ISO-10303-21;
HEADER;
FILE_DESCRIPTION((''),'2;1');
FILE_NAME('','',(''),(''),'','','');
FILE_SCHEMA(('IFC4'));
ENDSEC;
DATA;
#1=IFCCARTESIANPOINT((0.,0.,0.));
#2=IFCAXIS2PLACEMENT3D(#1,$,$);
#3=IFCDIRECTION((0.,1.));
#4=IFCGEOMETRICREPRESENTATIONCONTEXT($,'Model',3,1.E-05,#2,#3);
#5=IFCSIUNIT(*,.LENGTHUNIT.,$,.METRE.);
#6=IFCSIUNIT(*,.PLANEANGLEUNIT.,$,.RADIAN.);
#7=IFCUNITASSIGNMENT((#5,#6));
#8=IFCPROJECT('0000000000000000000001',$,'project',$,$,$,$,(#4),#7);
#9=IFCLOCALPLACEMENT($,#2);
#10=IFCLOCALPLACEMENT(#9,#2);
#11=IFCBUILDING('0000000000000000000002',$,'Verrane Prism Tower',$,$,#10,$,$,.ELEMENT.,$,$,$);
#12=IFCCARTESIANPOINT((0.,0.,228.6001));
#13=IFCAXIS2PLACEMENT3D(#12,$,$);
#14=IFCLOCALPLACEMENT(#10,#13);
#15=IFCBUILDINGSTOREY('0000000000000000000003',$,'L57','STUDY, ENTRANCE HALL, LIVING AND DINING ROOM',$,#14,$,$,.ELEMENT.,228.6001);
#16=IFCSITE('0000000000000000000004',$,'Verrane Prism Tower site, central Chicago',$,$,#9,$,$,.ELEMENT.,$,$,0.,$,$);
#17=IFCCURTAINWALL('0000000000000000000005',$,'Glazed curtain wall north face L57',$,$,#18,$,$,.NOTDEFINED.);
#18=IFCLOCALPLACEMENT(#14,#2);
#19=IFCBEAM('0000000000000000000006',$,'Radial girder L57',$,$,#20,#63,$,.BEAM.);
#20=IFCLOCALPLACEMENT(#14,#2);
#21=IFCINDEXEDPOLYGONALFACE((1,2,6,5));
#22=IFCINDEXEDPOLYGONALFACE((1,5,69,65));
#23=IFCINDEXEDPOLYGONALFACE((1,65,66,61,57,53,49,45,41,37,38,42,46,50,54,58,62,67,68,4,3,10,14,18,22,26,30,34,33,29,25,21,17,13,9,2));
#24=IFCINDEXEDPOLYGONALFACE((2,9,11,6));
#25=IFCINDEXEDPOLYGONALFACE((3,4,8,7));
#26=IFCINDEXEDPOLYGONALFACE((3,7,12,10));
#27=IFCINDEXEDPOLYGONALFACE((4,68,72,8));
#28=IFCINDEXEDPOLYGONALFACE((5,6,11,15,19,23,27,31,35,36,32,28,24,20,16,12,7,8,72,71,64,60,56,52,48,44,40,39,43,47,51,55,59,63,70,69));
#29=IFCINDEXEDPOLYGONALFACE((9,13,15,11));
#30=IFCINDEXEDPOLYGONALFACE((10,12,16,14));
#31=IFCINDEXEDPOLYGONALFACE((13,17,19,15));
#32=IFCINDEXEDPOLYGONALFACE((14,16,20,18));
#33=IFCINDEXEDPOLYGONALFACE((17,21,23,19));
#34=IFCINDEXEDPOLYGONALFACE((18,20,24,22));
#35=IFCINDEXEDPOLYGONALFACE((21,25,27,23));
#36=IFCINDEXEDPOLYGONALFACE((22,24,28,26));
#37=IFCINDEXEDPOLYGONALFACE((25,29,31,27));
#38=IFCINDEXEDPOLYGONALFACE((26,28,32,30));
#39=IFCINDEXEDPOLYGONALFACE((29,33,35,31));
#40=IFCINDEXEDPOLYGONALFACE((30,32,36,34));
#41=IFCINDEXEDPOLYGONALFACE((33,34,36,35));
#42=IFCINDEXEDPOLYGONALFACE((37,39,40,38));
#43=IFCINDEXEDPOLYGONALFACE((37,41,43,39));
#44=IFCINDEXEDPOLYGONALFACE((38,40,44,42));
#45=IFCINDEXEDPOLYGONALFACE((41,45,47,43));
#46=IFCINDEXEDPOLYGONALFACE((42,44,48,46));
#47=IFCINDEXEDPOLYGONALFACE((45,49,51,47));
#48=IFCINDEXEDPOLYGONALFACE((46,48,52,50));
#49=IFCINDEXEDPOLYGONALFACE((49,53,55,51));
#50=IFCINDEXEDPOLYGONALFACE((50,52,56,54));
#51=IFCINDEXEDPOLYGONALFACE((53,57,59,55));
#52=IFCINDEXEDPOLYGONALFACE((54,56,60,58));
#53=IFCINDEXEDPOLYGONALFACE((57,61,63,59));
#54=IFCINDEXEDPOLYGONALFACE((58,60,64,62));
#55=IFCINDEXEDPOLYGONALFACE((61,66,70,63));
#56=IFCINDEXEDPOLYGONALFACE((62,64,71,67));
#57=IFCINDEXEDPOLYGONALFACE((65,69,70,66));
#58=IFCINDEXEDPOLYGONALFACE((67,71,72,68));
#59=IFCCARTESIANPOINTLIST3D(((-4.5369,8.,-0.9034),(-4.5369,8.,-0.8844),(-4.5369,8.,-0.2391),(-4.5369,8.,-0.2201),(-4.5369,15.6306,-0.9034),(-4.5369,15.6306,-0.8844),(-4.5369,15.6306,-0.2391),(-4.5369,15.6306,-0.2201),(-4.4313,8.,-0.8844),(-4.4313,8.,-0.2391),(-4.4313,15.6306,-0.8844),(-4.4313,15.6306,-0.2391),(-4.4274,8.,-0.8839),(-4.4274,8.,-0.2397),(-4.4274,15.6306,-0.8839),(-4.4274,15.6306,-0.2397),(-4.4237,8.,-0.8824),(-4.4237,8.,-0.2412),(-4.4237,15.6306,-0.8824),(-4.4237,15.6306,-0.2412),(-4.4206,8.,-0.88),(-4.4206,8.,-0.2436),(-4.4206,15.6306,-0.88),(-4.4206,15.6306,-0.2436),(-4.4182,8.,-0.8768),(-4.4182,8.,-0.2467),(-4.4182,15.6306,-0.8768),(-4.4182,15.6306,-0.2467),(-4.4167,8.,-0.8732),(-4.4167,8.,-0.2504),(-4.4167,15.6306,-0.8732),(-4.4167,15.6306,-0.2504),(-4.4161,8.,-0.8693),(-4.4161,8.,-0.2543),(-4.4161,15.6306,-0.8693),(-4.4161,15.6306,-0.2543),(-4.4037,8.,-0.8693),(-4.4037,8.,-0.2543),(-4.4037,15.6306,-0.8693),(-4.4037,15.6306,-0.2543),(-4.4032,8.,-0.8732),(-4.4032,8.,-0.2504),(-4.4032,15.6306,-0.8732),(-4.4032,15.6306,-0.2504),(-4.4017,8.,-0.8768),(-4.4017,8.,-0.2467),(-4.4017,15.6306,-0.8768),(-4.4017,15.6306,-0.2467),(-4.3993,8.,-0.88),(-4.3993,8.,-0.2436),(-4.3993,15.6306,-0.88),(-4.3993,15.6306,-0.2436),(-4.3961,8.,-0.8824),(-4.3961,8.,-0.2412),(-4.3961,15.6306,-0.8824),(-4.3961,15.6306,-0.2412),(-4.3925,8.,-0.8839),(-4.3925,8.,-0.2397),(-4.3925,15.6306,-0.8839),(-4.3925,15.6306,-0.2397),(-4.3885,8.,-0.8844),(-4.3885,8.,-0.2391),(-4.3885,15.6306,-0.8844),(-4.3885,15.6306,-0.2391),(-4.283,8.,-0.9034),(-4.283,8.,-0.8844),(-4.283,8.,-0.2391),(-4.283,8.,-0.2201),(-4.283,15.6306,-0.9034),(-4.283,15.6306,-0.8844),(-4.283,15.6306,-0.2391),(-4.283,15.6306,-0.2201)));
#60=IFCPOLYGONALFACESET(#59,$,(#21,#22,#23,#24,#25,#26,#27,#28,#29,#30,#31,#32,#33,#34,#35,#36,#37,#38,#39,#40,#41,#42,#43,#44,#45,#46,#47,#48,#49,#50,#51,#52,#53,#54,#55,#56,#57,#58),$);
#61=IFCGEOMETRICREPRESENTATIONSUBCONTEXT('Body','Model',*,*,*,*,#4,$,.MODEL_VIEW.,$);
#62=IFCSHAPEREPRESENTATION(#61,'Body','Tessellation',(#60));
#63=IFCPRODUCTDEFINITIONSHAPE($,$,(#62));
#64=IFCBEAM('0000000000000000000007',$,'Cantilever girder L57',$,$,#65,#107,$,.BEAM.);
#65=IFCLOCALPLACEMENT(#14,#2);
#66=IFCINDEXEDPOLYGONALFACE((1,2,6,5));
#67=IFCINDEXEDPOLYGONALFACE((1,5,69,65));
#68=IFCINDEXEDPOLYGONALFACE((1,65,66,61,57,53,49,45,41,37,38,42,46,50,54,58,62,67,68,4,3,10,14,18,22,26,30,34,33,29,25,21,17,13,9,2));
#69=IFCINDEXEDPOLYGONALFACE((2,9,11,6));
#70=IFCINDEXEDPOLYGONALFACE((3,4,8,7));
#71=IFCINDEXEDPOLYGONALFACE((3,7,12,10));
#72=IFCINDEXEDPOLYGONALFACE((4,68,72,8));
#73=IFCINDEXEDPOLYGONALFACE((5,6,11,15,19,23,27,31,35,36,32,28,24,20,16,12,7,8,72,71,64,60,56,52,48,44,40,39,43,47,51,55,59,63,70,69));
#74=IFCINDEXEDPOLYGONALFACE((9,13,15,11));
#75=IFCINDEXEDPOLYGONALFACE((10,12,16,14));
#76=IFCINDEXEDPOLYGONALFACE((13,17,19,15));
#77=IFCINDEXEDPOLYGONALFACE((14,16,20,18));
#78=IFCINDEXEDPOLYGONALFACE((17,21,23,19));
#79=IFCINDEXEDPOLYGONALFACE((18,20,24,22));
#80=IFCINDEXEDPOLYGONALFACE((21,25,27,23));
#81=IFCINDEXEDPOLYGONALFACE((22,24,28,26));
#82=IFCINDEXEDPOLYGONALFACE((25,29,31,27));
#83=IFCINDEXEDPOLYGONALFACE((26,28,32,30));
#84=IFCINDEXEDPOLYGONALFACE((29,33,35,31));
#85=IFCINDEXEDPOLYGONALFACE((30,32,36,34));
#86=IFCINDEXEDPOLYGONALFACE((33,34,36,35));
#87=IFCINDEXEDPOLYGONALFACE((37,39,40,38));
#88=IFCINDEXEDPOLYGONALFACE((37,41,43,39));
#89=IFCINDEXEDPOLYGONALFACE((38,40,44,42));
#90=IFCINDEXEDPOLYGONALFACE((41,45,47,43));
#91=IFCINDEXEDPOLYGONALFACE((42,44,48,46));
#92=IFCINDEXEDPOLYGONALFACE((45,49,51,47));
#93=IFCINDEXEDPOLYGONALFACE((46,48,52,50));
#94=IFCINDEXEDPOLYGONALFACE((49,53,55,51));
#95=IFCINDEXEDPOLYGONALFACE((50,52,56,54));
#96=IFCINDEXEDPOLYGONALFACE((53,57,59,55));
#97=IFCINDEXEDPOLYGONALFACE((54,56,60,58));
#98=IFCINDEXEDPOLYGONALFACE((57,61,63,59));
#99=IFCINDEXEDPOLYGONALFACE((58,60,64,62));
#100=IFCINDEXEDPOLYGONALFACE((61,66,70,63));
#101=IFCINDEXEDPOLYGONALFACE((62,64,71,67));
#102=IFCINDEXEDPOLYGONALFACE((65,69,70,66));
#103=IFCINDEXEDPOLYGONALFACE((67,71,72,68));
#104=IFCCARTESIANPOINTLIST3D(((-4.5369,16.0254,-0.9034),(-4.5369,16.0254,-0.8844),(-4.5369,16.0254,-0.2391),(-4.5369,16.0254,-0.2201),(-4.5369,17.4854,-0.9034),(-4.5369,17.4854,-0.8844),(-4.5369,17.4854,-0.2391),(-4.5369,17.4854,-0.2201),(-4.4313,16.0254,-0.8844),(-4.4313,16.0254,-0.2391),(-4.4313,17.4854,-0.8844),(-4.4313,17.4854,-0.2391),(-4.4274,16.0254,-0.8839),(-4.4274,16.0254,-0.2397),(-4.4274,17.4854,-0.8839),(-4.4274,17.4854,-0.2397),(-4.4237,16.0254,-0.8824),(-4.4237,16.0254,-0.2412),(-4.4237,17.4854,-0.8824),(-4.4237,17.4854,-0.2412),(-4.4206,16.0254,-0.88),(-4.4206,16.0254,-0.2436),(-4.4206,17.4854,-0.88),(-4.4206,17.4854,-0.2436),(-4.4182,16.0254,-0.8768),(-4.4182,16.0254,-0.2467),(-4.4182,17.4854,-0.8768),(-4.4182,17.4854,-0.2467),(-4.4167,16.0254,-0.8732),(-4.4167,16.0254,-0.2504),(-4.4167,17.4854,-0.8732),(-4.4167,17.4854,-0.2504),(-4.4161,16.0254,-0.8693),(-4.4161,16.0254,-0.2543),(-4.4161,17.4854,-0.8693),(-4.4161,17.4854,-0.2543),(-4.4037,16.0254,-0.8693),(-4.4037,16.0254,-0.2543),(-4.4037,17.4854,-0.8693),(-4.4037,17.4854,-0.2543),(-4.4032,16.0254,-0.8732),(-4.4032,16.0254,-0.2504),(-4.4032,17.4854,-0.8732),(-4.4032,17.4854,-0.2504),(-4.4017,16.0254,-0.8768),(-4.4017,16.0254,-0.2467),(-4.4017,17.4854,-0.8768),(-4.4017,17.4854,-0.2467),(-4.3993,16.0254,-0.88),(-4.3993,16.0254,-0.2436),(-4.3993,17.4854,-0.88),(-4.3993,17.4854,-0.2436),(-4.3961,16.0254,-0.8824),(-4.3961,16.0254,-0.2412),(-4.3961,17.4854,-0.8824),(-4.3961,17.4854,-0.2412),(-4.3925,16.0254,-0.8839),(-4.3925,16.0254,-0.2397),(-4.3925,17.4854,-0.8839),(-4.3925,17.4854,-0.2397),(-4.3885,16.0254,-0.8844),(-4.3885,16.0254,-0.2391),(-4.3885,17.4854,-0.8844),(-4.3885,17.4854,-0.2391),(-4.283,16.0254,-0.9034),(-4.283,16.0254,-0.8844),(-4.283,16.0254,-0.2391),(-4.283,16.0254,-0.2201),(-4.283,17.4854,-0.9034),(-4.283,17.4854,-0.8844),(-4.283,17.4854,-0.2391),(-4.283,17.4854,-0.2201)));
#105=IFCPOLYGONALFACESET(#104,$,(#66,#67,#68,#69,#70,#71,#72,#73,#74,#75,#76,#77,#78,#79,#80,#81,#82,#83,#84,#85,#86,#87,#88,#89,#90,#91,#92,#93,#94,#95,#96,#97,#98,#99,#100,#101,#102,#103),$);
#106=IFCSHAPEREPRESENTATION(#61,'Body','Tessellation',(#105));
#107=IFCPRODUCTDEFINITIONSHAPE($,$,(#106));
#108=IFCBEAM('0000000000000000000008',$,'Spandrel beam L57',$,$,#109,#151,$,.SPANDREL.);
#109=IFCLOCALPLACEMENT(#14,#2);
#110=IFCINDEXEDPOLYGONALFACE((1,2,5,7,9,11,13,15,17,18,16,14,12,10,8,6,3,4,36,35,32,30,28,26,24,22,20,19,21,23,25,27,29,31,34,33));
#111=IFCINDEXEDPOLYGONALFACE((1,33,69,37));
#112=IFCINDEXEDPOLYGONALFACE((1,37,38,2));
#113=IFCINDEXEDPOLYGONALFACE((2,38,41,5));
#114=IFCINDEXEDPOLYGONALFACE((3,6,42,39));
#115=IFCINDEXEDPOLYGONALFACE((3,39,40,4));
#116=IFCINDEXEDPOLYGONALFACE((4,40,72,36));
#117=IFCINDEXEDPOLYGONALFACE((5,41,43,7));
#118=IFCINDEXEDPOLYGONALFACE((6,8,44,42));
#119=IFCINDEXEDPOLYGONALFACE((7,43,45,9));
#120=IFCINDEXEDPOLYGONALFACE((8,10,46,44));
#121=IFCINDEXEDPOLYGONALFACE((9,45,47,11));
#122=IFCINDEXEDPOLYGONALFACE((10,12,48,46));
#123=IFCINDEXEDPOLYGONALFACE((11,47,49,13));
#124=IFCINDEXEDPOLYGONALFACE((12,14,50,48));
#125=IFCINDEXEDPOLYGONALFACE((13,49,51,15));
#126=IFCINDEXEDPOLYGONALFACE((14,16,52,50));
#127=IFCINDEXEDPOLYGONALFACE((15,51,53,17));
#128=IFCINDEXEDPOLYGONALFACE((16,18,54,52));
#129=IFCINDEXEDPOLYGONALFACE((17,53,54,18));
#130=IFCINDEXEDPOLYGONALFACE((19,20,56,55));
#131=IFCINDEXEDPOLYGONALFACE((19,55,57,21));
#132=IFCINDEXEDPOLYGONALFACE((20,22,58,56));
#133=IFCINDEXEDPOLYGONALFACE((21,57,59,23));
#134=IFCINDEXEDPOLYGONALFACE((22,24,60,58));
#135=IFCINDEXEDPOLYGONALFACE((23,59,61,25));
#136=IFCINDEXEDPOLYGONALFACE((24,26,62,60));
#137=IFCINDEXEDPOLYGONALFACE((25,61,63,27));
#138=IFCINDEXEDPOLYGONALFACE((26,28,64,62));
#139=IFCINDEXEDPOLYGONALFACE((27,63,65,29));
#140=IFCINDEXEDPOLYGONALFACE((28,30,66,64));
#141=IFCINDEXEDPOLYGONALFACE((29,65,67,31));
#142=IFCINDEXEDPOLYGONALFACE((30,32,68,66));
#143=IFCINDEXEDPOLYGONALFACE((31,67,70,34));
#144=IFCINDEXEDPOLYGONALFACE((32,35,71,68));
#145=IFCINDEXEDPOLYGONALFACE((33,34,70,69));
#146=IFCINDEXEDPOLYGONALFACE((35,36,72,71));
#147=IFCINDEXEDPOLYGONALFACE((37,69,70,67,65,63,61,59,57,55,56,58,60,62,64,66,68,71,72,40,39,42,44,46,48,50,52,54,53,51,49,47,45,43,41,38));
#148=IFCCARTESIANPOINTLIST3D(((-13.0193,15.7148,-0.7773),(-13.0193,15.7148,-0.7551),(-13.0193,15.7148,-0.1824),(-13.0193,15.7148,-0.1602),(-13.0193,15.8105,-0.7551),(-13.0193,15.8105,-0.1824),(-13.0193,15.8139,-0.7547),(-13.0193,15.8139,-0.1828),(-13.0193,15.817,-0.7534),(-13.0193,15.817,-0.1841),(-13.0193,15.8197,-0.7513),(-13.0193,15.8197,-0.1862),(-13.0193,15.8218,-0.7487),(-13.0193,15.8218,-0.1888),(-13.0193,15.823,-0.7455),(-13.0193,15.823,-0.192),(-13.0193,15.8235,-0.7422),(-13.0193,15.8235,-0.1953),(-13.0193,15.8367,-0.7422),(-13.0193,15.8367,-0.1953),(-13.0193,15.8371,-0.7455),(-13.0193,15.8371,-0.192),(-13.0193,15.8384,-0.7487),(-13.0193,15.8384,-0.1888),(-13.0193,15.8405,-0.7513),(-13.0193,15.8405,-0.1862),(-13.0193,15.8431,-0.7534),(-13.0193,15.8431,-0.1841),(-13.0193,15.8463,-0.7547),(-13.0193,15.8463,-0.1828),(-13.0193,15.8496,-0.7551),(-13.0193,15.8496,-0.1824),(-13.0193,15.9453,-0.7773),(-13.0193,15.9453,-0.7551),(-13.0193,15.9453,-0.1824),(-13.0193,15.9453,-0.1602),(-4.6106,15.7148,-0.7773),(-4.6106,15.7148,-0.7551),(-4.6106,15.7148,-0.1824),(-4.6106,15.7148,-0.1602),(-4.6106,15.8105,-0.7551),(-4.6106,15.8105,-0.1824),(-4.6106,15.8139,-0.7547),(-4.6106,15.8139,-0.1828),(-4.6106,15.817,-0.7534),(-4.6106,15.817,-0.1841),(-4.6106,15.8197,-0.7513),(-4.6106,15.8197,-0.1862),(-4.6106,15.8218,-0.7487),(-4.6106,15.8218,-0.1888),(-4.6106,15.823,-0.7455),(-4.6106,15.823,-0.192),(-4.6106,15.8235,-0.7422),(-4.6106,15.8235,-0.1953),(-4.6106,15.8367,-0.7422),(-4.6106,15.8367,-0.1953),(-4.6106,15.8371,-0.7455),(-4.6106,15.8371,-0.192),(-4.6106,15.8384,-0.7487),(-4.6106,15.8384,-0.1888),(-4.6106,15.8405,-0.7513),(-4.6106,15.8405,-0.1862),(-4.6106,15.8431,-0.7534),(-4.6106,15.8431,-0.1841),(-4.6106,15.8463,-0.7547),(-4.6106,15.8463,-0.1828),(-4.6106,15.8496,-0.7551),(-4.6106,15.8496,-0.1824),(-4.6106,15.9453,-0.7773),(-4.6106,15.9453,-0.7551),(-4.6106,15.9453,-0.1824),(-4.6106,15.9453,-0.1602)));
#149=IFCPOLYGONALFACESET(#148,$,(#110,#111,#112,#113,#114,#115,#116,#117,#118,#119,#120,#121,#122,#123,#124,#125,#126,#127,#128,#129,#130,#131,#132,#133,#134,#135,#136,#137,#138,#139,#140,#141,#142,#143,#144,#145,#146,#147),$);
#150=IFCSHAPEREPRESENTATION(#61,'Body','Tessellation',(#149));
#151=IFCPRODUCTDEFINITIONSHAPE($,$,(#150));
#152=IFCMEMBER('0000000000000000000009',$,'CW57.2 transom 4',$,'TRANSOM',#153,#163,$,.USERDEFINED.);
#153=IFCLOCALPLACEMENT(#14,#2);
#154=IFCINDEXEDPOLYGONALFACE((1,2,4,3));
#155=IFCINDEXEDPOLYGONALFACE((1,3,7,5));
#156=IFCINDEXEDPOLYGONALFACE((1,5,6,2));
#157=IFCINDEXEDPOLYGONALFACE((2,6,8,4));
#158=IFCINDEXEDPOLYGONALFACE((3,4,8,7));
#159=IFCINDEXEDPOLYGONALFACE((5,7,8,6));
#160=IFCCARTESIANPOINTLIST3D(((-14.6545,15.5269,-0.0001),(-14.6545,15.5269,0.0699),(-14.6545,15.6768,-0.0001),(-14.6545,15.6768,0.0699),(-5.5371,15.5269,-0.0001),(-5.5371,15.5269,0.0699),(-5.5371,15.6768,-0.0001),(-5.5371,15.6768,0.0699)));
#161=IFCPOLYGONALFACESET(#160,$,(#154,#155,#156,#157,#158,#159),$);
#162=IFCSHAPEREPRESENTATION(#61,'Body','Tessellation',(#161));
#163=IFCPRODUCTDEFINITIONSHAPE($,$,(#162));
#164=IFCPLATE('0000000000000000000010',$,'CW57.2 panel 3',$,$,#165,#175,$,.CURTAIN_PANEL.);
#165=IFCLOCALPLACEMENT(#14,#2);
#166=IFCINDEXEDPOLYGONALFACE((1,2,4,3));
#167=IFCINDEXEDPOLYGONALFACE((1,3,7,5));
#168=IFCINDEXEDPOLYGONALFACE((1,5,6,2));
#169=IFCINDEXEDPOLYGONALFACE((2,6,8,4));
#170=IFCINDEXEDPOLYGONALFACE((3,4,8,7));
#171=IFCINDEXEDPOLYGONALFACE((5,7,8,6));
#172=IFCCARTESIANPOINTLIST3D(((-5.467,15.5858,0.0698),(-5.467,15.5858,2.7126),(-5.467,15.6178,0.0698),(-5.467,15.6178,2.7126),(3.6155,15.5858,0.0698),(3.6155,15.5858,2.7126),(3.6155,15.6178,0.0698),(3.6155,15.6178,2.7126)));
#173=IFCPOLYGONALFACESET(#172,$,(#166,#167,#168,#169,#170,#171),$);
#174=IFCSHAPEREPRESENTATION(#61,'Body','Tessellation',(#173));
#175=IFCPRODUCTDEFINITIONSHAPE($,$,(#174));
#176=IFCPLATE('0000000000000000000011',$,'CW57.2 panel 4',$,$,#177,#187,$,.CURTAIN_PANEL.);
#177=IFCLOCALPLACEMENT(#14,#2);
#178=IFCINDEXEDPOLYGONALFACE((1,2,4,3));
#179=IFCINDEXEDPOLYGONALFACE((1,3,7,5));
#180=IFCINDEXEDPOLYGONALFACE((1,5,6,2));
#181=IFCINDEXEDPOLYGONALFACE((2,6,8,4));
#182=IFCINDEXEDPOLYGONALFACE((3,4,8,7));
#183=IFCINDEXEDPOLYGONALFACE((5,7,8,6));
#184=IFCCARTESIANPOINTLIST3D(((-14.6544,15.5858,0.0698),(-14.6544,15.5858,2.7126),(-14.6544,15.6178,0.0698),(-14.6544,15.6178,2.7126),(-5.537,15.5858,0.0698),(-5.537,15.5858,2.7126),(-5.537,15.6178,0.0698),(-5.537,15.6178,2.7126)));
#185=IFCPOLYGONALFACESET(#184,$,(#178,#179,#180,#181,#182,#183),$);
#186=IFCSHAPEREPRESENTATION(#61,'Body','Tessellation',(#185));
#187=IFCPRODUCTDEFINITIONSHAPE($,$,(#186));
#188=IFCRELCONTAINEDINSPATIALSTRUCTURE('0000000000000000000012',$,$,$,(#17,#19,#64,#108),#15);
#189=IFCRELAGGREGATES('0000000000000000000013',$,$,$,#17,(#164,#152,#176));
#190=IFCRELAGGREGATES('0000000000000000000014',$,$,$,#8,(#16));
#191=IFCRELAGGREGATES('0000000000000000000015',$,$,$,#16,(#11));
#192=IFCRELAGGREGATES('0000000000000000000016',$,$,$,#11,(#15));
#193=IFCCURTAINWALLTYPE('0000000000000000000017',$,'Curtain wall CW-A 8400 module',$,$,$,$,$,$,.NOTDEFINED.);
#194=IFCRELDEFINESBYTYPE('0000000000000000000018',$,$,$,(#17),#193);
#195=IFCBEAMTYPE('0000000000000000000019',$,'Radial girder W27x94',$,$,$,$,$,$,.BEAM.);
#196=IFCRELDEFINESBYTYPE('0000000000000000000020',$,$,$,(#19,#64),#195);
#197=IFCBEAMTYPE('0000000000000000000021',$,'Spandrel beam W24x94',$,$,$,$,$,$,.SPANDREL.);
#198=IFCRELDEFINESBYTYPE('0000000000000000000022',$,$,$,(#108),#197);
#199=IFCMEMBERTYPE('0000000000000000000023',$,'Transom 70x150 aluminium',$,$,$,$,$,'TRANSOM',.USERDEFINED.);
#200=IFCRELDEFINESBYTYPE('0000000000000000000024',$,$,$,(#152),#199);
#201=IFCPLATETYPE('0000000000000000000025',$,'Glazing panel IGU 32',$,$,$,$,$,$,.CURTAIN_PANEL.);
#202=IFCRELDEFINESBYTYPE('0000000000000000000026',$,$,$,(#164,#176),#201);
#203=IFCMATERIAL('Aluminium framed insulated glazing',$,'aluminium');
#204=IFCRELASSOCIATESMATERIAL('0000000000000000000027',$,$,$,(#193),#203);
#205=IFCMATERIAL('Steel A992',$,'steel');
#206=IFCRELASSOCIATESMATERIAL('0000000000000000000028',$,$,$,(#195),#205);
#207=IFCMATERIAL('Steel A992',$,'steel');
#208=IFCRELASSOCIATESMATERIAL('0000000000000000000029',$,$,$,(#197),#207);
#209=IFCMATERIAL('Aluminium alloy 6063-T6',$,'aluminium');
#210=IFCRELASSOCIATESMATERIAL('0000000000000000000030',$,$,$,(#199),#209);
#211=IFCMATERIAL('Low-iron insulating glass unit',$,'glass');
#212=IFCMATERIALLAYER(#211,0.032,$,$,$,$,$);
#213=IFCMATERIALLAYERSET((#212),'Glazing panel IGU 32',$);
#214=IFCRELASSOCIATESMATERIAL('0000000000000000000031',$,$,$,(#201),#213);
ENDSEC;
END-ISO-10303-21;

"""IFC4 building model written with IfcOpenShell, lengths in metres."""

from ifc_helpers import new_model, si_unit, direction, frame, origin, origin_2d, place, context, subcontext, project, spatial, rectangle, i_section, extrude, material, layer, layer_set, material_profile, profile_set, type_object, element, aggregate, save


model = new_model("IFC4")

# Units and contexts
model_context = context("Model", 3, precision=1e-05, world=origin(), true_north=direction((0.0, 1.0)))
body_context = subcontext(model_context, "Body", "Model", "MODEL_VIEW")
ifc_project = project(units=[si_unit("LENGTHUNIT", "METRE"), si_unit("PLANEANGLEUNIT", "RADIAN")], contexts=[model_context])

# Site, building, storey
site_placement = place(None, origin())
site = spatial("IfcSite", under=ifc_project, at=site_placement, Name="Verrane Prism Tower site, central Chicago", CompositionType="ELEMENT", RefElevation=0.0)
building_placement = place(site_placement, origin())
building = spatial("IfcBuilding", under=site, at=building_placement, Name="Verrane Prism Tower", CompositionType="ELEMENT")
storey_placement = place(building_placement, frame((0.0, 0.0, 228.6001)))
storey = spatial("IfcBuildingStorey", under=building, at=storey_placement, Name="L57", Description="STUDY, ENTRANCE HALL, LIVING AND DINING ROOM", CompositionType="ELEMENT", Elevation=228.6001)

# Curtain wall
ifc_material_1 = material(Name="Aluminium framed insulated glazing", Category="aluminium")
curtain_wall_type = type_object("IfcCurtainWallType", Name="Curtain wall CW-A 8400 module", PredefinedType="NOTDEFINED", material=ifc_material_1)
curtain_wall_placement = place(storey_placement, origin())
curtain_wall = element("IfcCurtainWall", 1, at=curtain_wall_placement, inside=storey, type_object=curtain_wall_type, Name="Glazed curtain wall north face L57", PredefinedType="NOTDEFINED")

# Beams
ifc_material_2 = material(Name="Steel A992", Category="steel")
ifc_material_profile_1 = material_profile(ifc_material_2, i_section(OverallWidth=0.2539, OverallDepth=0.6833, WebThickness=0.0125, FlangeThickness=0.019, FilletRadius=0.0151, at=origin_2d()), Name="W27x94")
ifc_profile_set_1 = profile_set([ifc_material_profile_1], Name="Steel A992")
beam_type_1 = type_object("IfcBeamType", Name="Radial girder W27x94", PredefinedType="BEAM", material=ifc_profile_set_1)
beam_1_placement = place(storey_placement, frame((-4.4099, 15.6306, -0.5618), z_axis=(0.0, -1.0, 0.0), x_axis=(1.0, 0.0, 0.0)))
element("IfcBeam", 2, at=beam_1_placement, inside=storey, type_object=beam_type_1, Name="Radial girder L57", PredefinedType="BEAM", context=body_context, shape_type="SweptSolid", body=[
    extrude(i_section(OverallWidth=0.2539, OverallDepth=0.6833, WebThickness=0.0125, FlangeThickness=0.019, FilletRadius=0.0151, at=origin_2d()), origin(), (0.0, 0.0, 1.0), 7.6306),
])
beam_2_placement = place(storey_placement, frame((-4.4099, 16.0254, -0.5618), z_axis=(0.0, 1.0, 0.0), x_axis=(-1.0, 0.0, 0.0)))
element("IfcBeam", 3, at=beam_2_placement, inside=storey, type_object=beam_type_1, Name="Cantilever girder L57", PredefinedType="BEAM", context=body_context, shape_type="SweptSolid", body=[
    extrude(i_section(OverallWidth=0.2539, OverallDepth=0.6833, WebThickness=0.0125, FlangeThickness=0.019, FilletRadius=0.0151, at=origin_2d()), origin(), (0.0, 0.0, 1.0), 1.46),
])
ifc_material_3 = material(Name="Steel A992", Category="steel")
ifc_material_profile_2 = material_profile(ifc_material_3, i_section(OverallWidth=0.2305, OverallDepth=0.6172, WebThickness=0.0132, FlangeThickness=0.0222, FilletRadius=0.0129, at=origin_2d()), Name="W24x94")
ifc_profile_set_2 = profile_set([ifc_material_profile_2], Name="Steel A992")
beam_type_2 = type_object("IfcBeamType", Name="Spandrel beam W24x94", PredefinedType="SPANDREL", material=ifc_profile_set_2)
beam_3_placement = place(storey_placement, frame((-4.6106, 15.8301, -0.4688), z_axis=(-1.0, 0.0, 0.0), x_axis=(0.0, -1.0, 0.0)))
element("IfcBeam", 4, at=beam_3_placement, inside=storey, type_object=beam_type_2, Name="Spandrel beam L57", PredefinedType="SPANDREL", context=body_context, shape_type="SweptSolid", body=[
    extrude(i_section(OverallWidth=0.2305, OverallDepth=0.6172, WebThickness=0.0132, FlangeThickness=0.0222, FilletRadius=0.0129, at=origin_2d()), origin(), (0.0, 0.0, 1.0), 8.4087),
])

# Member
ifc_material_4 = material(Name="Aluminium alloy 6063-T6", Category="aluminium")
ifc_material_profile_3 = material_profile(ifc_material_4, rectangle(XDim=0.1499, YDim=0.0701, at=origin_2d()), Name="Transom 70x150 aluminium")
ifc_profile_set_3 = profile_set([ifc_material_profile_3], Name="Aluminium alloy 6063-T6")
member_type_1 = type_object("IfcMemberType", Name="Transom 70x150 aluminium", ElementType="TRANSOM", PredefinedType="USERDEFINED", material=ifc_profile_set_3)
member_1_placement = place(storey_placement, frame((-5.5371, 15.6018, 0.0349), z_axis=(-1.0, 0.0, 0.0), x_axis=(0.0, -1.0, 0.0)))
member_1 = element("IfcMember", 5, at=member_1_placement, type_object=member_type_1, Name="CW57.2 transom 4", ObjectType="TRANSOM", PredefinedType="USERDEFINED", context=body_context, shape_type="SweptSolid", body=[
    extrude(rectangle(XDim=0.1499, YDim=0.0701, at=origin_2d()), origin(), (0.0, 0.0, 1.0), 9.1174),
])

# Plates
ifc_material_5 = material(Name="Low-iron insulating glass unit", Category="glass")
ifc_layer_1 = layer(ifc_material_5, 0.032)
ifc_layer_set_1 = layer_set([ifc_layer_1], Name="Glazing panel IGU 32")
plate_type = type_object("IfcPlateType", Name="Glazing panel IGU 32", PredefinedType="CURTAIN_PANEL", material=ifc_layer_set_1)
plate_1_placement = place(storey_placement, frame((-0.9258, 15.6018, 0.0698), z_axis=(0.0, 0.0, 1.0), x_axis=(-1.0, 0.0, 0.0)))
plate_1 = element("IfcPlate", 6, at=plate_1_placement, type_object=plate_type, Name="CW57.2 panel 3", PredefinedType="CURTAIN_PANEL", context=body_context, shape_type="SweptSolid", body=[
    extrude(rectangle(XDim=9.0825, YDim=0.032, at=origin_2d()), origin(), (0.0, 0.0, 1.0), 2.6428),
])
plate_2_placement = place(storey_placement, frame((-10.0957, 15.6018, 0.0698), z_axis=(0.0, 0.0, 1.0), x_axis=(-1.0, 0.0, 0.0)))
plate_2 = element("IfcPlate", 7, at=plate_2_placement, type_object=plate_type, Name="CW57.2 panel 4", PredefinedType="CURTAIN_PANEL", context=body_context, shape_type="SweptSolid", body=[
    extrude(rectangle(XDim=9.1174, YDim=0.032, at=origin_2d()), origin(), (0.0, 0.0, 1.0), 2.6428),
])
aggregate(curtain_wall, [plate_1, member_1, plate_2])

save(model, "model.ifc")
